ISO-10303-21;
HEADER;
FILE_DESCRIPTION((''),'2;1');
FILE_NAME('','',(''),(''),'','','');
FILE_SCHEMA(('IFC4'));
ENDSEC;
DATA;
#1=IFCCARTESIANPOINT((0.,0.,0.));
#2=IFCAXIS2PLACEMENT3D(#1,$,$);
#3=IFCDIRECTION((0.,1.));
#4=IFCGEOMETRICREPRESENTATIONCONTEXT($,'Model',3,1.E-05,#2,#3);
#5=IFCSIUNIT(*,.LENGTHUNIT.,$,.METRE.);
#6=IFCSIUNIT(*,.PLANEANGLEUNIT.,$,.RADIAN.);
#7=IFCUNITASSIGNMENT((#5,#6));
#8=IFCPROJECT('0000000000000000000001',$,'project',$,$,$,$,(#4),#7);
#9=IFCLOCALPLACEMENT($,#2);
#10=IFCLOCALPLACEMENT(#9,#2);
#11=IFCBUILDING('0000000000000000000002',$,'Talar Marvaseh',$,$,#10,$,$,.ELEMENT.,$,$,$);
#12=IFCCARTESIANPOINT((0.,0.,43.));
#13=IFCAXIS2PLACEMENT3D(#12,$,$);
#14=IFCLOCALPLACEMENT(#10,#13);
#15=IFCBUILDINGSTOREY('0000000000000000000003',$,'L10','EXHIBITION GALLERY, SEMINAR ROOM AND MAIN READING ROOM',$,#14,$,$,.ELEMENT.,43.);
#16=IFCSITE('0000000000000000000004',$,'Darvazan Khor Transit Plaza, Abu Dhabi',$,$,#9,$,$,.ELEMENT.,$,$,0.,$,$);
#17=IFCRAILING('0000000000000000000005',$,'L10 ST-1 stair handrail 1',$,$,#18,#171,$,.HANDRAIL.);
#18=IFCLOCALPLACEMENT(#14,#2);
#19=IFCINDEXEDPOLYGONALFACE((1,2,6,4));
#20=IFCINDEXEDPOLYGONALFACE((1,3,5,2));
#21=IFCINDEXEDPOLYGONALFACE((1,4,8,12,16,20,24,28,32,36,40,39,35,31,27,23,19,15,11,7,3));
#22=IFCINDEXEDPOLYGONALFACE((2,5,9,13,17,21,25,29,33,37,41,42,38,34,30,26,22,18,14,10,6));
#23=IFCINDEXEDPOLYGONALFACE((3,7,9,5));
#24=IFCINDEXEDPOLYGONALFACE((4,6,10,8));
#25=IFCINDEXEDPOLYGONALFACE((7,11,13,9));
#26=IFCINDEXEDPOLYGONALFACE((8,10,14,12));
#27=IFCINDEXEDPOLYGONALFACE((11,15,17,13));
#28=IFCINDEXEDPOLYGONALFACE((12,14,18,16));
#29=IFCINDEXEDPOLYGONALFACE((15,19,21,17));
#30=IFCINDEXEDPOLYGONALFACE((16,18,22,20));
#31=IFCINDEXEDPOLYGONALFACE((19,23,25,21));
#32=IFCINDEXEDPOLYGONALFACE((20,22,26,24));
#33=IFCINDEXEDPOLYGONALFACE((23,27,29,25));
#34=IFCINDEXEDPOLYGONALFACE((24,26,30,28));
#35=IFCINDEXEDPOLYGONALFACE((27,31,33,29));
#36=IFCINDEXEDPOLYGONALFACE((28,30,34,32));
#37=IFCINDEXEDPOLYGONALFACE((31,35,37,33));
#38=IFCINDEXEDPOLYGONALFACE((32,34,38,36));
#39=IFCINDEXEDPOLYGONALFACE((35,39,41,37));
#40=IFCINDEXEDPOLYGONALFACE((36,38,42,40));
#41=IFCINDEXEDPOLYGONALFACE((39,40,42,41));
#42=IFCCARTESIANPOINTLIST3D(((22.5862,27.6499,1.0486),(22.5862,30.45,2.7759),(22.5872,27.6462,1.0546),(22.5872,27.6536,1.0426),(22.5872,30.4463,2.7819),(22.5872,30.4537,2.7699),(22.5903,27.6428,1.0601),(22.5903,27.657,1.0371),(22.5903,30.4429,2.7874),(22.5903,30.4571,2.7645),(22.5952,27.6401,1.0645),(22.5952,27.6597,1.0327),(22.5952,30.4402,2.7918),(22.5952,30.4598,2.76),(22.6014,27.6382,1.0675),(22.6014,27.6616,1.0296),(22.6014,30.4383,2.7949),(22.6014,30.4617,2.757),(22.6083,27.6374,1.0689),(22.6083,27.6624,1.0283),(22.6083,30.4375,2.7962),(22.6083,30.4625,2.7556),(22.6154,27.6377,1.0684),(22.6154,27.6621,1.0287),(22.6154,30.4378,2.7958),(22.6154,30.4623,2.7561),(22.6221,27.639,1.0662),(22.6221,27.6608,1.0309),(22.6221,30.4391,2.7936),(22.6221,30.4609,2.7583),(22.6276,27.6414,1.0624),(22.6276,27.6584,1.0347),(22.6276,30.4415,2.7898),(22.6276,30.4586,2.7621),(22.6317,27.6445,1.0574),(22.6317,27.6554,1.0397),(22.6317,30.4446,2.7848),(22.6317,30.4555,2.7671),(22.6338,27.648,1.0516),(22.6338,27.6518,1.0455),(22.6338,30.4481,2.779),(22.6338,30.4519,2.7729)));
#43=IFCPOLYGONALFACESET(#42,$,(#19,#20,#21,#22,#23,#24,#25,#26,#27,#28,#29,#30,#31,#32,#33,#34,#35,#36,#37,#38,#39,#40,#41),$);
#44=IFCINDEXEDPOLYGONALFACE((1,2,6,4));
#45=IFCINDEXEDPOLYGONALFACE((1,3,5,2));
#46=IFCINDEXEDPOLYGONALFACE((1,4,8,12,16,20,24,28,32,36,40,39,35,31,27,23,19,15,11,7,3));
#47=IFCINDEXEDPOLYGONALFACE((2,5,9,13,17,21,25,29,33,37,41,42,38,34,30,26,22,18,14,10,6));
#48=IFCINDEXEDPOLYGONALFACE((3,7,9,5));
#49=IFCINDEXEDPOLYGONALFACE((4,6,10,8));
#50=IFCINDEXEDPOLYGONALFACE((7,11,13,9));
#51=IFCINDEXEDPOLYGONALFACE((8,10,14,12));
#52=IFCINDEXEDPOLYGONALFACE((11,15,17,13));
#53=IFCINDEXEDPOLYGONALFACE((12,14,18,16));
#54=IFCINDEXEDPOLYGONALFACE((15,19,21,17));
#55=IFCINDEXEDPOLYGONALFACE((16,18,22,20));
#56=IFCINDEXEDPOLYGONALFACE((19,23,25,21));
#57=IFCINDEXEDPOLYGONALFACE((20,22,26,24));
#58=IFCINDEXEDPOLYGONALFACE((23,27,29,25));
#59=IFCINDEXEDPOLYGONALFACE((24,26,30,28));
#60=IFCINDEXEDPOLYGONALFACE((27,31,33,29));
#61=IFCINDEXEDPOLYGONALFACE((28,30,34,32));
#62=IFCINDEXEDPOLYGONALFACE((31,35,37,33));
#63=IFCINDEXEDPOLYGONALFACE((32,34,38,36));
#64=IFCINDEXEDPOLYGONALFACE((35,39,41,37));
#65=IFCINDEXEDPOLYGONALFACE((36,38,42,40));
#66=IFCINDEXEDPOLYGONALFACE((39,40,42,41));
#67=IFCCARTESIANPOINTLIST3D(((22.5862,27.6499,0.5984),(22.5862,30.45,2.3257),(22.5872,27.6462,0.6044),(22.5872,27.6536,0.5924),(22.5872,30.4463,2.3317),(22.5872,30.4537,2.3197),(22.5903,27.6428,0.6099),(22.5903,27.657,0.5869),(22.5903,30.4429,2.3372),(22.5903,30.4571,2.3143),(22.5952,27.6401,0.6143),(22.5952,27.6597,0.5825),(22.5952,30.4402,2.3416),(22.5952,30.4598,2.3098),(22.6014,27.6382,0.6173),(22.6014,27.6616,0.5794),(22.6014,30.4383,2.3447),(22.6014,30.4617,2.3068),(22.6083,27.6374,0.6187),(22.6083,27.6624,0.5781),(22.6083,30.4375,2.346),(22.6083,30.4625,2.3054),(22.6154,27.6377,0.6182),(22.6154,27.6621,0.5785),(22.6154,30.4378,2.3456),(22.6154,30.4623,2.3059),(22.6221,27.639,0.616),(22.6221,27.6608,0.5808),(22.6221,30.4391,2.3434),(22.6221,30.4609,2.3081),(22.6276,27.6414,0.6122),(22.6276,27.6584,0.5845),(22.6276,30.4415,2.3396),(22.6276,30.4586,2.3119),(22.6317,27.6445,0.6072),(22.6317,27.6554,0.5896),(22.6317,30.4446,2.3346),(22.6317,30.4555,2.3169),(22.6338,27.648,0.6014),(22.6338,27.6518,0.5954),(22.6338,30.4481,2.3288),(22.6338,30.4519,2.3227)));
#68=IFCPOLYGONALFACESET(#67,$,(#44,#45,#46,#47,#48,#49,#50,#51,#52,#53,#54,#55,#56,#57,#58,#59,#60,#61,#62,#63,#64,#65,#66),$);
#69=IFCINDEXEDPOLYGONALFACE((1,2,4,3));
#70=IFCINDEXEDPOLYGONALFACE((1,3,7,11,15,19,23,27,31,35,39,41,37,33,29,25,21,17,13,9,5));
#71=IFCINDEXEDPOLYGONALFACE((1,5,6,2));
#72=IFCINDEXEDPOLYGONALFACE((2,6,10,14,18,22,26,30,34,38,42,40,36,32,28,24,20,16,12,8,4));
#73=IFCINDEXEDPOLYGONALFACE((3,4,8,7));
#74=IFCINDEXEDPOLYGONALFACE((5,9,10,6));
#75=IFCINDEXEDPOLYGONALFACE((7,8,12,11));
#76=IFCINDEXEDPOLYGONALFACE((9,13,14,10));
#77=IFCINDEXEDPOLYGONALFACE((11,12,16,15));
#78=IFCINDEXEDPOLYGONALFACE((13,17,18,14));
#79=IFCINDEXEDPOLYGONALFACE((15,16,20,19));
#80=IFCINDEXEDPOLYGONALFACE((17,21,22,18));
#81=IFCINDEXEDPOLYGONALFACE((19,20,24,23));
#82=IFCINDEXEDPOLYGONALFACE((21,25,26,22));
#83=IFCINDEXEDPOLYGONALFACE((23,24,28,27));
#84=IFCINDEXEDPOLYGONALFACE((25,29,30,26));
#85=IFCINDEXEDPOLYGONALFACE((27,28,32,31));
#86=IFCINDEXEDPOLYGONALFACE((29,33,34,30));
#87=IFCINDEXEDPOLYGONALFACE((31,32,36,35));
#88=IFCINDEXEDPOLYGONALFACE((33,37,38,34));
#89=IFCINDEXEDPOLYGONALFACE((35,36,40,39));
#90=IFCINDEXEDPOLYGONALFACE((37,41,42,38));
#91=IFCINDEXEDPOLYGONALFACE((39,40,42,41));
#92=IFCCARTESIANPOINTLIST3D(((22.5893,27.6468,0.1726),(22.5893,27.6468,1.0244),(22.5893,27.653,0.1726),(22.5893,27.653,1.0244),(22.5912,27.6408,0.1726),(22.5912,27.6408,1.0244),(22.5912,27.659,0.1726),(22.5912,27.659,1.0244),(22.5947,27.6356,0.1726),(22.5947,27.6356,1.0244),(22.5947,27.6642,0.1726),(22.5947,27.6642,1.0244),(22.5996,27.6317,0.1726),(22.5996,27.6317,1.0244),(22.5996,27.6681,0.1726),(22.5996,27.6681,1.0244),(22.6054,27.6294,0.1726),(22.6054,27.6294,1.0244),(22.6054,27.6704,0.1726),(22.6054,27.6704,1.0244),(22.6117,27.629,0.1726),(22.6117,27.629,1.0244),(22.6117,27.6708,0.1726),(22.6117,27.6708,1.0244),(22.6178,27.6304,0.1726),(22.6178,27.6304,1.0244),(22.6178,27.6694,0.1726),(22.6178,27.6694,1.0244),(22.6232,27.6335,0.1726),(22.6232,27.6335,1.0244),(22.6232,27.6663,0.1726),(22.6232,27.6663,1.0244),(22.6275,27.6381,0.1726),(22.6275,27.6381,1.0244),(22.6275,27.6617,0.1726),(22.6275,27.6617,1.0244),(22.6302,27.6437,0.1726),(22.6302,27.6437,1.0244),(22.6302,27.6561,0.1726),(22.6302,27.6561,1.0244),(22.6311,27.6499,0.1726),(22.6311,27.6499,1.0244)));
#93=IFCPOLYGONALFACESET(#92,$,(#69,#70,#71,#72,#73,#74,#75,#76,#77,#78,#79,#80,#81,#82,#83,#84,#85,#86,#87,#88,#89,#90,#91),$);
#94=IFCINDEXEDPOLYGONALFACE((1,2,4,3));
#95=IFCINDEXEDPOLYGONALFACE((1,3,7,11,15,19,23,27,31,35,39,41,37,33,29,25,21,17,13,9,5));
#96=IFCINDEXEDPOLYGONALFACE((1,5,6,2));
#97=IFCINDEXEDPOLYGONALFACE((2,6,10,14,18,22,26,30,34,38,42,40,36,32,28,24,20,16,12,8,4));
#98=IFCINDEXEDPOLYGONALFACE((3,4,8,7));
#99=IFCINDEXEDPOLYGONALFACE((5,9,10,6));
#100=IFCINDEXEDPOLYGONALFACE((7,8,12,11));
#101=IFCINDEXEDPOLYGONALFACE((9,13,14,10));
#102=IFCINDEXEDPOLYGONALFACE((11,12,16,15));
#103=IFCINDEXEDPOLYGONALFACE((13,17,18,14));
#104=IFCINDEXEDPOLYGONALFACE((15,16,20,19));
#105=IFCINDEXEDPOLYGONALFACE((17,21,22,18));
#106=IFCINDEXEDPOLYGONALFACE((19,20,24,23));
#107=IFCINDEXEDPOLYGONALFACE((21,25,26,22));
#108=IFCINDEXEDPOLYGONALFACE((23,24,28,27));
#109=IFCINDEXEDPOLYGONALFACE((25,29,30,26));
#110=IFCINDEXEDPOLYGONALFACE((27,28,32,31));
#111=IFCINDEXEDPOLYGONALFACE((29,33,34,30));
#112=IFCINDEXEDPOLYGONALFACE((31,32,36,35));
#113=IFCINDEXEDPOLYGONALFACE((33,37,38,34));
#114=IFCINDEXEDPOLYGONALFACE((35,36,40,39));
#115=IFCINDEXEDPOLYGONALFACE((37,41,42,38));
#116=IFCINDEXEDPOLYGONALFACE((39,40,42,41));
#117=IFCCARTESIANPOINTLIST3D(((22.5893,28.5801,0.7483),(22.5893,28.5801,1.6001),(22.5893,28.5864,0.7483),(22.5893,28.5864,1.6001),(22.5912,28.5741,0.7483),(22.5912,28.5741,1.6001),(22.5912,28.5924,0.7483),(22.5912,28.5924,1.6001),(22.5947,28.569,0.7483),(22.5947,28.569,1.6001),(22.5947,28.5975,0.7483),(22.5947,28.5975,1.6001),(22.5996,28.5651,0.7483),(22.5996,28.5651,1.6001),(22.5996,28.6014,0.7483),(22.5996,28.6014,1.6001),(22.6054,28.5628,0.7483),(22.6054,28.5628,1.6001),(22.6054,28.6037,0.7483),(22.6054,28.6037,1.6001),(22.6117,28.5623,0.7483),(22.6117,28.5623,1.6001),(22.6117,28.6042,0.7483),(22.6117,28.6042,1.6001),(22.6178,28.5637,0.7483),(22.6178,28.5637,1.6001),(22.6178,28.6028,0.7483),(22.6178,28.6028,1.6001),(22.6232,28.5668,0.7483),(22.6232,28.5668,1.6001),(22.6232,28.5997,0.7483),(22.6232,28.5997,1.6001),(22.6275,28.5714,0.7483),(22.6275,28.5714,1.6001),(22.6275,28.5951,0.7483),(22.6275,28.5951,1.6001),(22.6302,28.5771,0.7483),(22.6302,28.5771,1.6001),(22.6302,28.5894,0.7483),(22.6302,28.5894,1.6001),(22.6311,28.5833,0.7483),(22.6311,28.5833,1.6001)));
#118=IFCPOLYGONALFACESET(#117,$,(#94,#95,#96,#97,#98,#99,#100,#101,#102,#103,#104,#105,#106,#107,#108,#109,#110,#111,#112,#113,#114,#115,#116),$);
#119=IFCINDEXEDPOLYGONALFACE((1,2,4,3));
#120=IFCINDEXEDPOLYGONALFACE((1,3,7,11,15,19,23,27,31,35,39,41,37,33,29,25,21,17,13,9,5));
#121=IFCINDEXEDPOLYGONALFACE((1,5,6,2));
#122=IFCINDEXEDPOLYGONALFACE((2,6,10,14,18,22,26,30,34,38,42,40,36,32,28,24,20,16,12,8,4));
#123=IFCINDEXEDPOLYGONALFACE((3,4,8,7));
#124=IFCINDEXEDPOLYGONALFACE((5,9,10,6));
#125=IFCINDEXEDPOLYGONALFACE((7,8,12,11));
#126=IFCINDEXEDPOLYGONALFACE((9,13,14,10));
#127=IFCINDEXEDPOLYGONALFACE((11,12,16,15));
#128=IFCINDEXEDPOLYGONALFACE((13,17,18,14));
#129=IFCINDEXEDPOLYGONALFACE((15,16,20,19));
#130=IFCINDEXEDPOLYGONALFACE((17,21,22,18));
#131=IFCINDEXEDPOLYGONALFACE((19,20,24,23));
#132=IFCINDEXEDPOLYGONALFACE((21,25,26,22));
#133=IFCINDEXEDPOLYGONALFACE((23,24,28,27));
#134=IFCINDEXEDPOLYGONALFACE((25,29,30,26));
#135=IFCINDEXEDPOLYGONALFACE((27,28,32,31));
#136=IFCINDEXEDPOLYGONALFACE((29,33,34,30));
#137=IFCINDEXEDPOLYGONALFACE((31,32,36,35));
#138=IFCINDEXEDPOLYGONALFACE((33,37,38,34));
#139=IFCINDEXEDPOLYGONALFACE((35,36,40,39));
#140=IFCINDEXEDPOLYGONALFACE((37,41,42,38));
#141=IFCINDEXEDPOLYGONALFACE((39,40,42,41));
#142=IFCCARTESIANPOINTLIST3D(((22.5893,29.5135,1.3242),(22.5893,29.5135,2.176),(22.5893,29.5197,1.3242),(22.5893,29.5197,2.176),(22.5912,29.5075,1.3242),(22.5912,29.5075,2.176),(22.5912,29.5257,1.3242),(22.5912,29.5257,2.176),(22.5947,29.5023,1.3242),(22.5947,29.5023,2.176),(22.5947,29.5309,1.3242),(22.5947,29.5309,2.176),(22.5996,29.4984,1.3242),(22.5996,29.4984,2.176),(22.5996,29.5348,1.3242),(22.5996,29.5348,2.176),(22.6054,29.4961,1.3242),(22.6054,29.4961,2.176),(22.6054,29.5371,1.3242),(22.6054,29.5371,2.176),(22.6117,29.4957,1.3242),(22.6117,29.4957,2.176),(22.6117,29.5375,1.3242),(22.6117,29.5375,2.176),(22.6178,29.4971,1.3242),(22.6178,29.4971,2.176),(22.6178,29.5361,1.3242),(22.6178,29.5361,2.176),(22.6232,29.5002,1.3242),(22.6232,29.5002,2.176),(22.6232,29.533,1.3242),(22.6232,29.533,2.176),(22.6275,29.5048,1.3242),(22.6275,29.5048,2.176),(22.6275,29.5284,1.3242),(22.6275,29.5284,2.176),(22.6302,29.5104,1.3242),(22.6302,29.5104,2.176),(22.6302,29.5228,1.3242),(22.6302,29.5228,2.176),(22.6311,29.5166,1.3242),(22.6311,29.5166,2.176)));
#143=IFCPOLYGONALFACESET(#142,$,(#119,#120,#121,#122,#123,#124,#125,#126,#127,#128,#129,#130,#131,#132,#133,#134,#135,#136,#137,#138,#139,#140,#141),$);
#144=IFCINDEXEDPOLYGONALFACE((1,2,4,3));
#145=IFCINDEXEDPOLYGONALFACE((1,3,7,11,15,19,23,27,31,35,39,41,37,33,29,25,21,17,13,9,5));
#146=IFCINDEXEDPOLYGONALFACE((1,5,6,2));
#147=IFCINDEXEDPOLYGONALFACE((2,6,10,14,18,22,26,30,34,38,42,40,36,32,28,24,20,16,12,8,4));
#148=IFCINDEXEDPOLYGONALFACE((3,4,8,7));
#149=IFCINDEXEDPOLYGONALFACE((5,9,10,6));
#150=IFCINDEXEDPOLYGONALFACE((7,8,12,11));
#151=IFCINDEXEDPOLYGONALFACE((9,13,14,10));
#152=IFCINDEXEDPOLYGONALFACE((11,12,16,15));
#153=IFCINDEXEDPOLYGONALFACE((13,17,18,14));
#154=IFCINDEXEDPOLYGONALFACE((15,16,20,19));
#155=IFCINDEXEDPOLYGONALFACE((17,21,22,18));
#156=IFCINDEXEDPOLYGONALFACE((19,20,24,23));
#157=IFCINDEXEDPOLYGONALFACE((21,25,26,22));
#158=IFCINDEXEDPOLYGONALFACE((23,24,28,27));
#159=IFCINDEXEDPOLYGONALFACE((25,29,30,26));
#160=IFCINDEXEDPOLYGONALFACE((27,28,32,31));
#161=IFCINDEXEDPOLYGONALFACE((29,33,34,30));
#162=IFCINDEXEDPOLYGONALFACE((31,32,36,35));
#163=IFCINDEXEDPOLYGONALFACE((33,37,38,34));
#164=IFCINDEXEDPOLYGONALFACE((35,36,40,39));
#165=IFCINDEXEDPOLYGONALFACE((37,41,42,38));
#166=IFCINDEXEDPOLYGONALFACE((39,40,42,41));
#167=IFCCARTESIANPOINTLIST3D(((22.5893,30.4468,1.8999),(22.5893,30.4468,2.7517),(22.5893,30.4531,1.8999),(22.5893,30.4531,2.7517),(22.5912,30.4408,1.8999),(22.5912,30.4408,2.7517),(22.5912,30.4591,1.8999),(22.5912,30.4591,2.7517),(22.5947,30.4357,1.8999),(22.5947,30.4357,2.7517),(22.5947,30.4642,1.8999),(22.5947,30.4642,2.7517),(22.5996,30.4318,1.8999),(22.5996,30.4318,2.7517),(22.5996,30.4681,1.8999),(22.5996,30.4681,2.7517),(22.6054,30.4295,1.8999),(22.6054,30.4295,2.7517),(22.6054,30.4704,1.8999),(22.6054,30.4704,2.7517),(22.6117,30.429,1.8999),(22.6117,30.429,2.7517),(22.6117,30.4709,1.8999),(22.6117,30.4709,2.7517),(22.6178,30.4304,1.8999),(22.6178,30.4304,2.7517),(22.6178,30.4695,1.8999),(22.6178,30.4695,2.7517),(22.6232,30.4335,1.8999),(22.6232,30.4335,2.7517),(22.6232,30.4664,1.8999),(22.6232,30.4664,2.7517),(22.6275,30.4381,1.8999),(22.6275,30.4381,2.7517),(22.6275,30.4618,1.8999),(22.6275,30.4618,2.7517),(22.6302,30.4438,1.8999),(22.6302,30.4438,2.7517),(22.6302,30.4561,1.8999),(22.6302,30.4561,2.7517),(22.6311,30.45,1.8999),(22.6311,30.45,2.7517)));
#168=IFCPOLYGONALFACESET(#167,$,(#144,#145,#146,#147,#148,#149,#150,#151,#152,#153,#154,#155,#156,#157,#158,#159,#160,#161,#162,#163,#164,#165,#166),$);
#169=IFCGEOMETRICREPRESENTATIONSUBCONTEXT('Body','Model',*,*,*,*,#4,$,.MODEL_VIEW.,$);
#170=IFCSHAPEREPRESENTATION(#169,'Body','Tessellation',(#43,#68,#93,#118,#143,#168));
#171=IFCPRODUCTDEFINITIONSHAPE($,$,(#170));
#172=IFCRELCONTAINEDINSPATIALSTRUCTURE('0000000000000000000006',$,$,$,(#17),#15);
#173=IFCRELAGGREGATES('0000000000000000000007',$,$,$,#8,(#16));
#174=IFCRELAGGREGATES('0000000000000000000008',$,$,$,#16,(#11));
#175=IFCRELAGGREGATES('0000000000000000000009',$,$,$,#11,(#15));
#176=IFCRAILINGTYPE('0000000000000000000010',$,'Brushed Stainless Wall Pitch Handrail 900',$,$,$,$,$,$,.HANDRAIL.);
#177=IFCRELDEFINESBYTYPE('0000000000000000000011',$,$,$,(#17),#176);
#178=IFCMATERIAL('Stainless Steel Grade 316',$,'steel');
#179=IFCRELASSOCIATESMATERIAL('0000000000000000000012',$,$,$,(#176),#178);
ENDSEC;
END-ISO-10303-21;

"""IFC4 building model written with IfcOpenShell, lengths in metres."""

from ifc_helpers import new_model, si_unit, direction, frame, origin, origin_2d, place, context, subcontext, project, spatial, circle, extrude, material, type_object, element, save


model = new_model("IFC4")

# Units and contexts
model_context = context("Model", 3, precision=1e-05, world=origin(), true_north=direction((0.0, 1.0)))
body_context = subcontext(model_context, "Body", "Model", "MODEL_VIEW")
ifc_project = project(units=[si_unit("LENGTHUNIT", "METRE"), si_unit("PLANEANGLEUNIT", "RADIAN")], contexts=[model_context])

# Site, building, storey
site_placement = place(None, origin())
site = spatial("IfcSite", under=ifc_project, at=site_placement, Name="Darvazan Khor Transit Plaza, Abu Dhabi", CompositionType="ELEMENT", RefElevation=0.0)
building_placement = place(site_placement, origin())
building = spatial("IfcBuilding", under=site, at=building_placement, Name="Talar Marvaseh", CompositionType="ELEMENT")
storey_placement = place(building_placement, frame((0.0, 0.0, 43.0)))
storey = spatial("IfcBuildingStorey", under=building, at=storey_placement, Name="L10", Description="EXHIBITION GALLERY, SEMINAR ROOM AND MAIN READING ROOM", CompositionType="ELEMENT", Elevation=43.0)

# Railing
ifc_material_1 = material(Name="Stainless Steel Grade 316", Category="steel")
railing_type_1 = type_object("IfcRailingType", Name="Brushed Stainless Wall Pitch Handrail 900", PredefinedType="HANDRAIL", material=ifc_material_1)
railing_1_placement = place(storey_placement, frame((22.6101, 27.6499, 0.1726)))
element("IfcRailing", 1, at=railing_1_placement, inside=storey, type_object=railing_type_1, Name="L10 ST-1 stair handrail 1", PredefinedType="HANDRAIL", context=body_context, shape_type="SweptSolid", body=[
    extrude(circle(Radius=0.0239, at=origin_2d()), frame((0.0, 0.0, 0.876), z_axis=(0.0, 0.85109, 0.52502), x_axis=(-1.0, 0.0, 0.0)), (0.0, 0.0, 1.0), 3.29),
    extrude(circle(Radius=0.0239, at=origin_2d()), frame((0.0, 0.0, 0.4258), z_axis=(0.0, 0.85109, 0.52502), x_axis=(-1.0, 0.0, 0.0)), (0.0, 0.0, 1.0), 3.29),
    extrude(circle(Radius=0.021, at=origin_2d()), origin(), (0.0, 0.0, 1.0), 0.8518),
    extrude(circle(Radius=0.021, at=origin_2d()), frame((0.0, 0.9333, 0.5757)), (0.0, 0.0, 1.0), 0.8518),
    extrude(circle(Radius=0.021, at=origin_2d()), frame((0.0, 1.8667, 1.1516)), (0.0, 0.0, 1.0), 0.8518),
    extrude(circle(Radius=0.021, at=origin_2d()), frame((0.0, 2.8, 1.7273)), (0.0, 0.0, 1.0), 0.8518),
])

save(model, "model.ifc")
